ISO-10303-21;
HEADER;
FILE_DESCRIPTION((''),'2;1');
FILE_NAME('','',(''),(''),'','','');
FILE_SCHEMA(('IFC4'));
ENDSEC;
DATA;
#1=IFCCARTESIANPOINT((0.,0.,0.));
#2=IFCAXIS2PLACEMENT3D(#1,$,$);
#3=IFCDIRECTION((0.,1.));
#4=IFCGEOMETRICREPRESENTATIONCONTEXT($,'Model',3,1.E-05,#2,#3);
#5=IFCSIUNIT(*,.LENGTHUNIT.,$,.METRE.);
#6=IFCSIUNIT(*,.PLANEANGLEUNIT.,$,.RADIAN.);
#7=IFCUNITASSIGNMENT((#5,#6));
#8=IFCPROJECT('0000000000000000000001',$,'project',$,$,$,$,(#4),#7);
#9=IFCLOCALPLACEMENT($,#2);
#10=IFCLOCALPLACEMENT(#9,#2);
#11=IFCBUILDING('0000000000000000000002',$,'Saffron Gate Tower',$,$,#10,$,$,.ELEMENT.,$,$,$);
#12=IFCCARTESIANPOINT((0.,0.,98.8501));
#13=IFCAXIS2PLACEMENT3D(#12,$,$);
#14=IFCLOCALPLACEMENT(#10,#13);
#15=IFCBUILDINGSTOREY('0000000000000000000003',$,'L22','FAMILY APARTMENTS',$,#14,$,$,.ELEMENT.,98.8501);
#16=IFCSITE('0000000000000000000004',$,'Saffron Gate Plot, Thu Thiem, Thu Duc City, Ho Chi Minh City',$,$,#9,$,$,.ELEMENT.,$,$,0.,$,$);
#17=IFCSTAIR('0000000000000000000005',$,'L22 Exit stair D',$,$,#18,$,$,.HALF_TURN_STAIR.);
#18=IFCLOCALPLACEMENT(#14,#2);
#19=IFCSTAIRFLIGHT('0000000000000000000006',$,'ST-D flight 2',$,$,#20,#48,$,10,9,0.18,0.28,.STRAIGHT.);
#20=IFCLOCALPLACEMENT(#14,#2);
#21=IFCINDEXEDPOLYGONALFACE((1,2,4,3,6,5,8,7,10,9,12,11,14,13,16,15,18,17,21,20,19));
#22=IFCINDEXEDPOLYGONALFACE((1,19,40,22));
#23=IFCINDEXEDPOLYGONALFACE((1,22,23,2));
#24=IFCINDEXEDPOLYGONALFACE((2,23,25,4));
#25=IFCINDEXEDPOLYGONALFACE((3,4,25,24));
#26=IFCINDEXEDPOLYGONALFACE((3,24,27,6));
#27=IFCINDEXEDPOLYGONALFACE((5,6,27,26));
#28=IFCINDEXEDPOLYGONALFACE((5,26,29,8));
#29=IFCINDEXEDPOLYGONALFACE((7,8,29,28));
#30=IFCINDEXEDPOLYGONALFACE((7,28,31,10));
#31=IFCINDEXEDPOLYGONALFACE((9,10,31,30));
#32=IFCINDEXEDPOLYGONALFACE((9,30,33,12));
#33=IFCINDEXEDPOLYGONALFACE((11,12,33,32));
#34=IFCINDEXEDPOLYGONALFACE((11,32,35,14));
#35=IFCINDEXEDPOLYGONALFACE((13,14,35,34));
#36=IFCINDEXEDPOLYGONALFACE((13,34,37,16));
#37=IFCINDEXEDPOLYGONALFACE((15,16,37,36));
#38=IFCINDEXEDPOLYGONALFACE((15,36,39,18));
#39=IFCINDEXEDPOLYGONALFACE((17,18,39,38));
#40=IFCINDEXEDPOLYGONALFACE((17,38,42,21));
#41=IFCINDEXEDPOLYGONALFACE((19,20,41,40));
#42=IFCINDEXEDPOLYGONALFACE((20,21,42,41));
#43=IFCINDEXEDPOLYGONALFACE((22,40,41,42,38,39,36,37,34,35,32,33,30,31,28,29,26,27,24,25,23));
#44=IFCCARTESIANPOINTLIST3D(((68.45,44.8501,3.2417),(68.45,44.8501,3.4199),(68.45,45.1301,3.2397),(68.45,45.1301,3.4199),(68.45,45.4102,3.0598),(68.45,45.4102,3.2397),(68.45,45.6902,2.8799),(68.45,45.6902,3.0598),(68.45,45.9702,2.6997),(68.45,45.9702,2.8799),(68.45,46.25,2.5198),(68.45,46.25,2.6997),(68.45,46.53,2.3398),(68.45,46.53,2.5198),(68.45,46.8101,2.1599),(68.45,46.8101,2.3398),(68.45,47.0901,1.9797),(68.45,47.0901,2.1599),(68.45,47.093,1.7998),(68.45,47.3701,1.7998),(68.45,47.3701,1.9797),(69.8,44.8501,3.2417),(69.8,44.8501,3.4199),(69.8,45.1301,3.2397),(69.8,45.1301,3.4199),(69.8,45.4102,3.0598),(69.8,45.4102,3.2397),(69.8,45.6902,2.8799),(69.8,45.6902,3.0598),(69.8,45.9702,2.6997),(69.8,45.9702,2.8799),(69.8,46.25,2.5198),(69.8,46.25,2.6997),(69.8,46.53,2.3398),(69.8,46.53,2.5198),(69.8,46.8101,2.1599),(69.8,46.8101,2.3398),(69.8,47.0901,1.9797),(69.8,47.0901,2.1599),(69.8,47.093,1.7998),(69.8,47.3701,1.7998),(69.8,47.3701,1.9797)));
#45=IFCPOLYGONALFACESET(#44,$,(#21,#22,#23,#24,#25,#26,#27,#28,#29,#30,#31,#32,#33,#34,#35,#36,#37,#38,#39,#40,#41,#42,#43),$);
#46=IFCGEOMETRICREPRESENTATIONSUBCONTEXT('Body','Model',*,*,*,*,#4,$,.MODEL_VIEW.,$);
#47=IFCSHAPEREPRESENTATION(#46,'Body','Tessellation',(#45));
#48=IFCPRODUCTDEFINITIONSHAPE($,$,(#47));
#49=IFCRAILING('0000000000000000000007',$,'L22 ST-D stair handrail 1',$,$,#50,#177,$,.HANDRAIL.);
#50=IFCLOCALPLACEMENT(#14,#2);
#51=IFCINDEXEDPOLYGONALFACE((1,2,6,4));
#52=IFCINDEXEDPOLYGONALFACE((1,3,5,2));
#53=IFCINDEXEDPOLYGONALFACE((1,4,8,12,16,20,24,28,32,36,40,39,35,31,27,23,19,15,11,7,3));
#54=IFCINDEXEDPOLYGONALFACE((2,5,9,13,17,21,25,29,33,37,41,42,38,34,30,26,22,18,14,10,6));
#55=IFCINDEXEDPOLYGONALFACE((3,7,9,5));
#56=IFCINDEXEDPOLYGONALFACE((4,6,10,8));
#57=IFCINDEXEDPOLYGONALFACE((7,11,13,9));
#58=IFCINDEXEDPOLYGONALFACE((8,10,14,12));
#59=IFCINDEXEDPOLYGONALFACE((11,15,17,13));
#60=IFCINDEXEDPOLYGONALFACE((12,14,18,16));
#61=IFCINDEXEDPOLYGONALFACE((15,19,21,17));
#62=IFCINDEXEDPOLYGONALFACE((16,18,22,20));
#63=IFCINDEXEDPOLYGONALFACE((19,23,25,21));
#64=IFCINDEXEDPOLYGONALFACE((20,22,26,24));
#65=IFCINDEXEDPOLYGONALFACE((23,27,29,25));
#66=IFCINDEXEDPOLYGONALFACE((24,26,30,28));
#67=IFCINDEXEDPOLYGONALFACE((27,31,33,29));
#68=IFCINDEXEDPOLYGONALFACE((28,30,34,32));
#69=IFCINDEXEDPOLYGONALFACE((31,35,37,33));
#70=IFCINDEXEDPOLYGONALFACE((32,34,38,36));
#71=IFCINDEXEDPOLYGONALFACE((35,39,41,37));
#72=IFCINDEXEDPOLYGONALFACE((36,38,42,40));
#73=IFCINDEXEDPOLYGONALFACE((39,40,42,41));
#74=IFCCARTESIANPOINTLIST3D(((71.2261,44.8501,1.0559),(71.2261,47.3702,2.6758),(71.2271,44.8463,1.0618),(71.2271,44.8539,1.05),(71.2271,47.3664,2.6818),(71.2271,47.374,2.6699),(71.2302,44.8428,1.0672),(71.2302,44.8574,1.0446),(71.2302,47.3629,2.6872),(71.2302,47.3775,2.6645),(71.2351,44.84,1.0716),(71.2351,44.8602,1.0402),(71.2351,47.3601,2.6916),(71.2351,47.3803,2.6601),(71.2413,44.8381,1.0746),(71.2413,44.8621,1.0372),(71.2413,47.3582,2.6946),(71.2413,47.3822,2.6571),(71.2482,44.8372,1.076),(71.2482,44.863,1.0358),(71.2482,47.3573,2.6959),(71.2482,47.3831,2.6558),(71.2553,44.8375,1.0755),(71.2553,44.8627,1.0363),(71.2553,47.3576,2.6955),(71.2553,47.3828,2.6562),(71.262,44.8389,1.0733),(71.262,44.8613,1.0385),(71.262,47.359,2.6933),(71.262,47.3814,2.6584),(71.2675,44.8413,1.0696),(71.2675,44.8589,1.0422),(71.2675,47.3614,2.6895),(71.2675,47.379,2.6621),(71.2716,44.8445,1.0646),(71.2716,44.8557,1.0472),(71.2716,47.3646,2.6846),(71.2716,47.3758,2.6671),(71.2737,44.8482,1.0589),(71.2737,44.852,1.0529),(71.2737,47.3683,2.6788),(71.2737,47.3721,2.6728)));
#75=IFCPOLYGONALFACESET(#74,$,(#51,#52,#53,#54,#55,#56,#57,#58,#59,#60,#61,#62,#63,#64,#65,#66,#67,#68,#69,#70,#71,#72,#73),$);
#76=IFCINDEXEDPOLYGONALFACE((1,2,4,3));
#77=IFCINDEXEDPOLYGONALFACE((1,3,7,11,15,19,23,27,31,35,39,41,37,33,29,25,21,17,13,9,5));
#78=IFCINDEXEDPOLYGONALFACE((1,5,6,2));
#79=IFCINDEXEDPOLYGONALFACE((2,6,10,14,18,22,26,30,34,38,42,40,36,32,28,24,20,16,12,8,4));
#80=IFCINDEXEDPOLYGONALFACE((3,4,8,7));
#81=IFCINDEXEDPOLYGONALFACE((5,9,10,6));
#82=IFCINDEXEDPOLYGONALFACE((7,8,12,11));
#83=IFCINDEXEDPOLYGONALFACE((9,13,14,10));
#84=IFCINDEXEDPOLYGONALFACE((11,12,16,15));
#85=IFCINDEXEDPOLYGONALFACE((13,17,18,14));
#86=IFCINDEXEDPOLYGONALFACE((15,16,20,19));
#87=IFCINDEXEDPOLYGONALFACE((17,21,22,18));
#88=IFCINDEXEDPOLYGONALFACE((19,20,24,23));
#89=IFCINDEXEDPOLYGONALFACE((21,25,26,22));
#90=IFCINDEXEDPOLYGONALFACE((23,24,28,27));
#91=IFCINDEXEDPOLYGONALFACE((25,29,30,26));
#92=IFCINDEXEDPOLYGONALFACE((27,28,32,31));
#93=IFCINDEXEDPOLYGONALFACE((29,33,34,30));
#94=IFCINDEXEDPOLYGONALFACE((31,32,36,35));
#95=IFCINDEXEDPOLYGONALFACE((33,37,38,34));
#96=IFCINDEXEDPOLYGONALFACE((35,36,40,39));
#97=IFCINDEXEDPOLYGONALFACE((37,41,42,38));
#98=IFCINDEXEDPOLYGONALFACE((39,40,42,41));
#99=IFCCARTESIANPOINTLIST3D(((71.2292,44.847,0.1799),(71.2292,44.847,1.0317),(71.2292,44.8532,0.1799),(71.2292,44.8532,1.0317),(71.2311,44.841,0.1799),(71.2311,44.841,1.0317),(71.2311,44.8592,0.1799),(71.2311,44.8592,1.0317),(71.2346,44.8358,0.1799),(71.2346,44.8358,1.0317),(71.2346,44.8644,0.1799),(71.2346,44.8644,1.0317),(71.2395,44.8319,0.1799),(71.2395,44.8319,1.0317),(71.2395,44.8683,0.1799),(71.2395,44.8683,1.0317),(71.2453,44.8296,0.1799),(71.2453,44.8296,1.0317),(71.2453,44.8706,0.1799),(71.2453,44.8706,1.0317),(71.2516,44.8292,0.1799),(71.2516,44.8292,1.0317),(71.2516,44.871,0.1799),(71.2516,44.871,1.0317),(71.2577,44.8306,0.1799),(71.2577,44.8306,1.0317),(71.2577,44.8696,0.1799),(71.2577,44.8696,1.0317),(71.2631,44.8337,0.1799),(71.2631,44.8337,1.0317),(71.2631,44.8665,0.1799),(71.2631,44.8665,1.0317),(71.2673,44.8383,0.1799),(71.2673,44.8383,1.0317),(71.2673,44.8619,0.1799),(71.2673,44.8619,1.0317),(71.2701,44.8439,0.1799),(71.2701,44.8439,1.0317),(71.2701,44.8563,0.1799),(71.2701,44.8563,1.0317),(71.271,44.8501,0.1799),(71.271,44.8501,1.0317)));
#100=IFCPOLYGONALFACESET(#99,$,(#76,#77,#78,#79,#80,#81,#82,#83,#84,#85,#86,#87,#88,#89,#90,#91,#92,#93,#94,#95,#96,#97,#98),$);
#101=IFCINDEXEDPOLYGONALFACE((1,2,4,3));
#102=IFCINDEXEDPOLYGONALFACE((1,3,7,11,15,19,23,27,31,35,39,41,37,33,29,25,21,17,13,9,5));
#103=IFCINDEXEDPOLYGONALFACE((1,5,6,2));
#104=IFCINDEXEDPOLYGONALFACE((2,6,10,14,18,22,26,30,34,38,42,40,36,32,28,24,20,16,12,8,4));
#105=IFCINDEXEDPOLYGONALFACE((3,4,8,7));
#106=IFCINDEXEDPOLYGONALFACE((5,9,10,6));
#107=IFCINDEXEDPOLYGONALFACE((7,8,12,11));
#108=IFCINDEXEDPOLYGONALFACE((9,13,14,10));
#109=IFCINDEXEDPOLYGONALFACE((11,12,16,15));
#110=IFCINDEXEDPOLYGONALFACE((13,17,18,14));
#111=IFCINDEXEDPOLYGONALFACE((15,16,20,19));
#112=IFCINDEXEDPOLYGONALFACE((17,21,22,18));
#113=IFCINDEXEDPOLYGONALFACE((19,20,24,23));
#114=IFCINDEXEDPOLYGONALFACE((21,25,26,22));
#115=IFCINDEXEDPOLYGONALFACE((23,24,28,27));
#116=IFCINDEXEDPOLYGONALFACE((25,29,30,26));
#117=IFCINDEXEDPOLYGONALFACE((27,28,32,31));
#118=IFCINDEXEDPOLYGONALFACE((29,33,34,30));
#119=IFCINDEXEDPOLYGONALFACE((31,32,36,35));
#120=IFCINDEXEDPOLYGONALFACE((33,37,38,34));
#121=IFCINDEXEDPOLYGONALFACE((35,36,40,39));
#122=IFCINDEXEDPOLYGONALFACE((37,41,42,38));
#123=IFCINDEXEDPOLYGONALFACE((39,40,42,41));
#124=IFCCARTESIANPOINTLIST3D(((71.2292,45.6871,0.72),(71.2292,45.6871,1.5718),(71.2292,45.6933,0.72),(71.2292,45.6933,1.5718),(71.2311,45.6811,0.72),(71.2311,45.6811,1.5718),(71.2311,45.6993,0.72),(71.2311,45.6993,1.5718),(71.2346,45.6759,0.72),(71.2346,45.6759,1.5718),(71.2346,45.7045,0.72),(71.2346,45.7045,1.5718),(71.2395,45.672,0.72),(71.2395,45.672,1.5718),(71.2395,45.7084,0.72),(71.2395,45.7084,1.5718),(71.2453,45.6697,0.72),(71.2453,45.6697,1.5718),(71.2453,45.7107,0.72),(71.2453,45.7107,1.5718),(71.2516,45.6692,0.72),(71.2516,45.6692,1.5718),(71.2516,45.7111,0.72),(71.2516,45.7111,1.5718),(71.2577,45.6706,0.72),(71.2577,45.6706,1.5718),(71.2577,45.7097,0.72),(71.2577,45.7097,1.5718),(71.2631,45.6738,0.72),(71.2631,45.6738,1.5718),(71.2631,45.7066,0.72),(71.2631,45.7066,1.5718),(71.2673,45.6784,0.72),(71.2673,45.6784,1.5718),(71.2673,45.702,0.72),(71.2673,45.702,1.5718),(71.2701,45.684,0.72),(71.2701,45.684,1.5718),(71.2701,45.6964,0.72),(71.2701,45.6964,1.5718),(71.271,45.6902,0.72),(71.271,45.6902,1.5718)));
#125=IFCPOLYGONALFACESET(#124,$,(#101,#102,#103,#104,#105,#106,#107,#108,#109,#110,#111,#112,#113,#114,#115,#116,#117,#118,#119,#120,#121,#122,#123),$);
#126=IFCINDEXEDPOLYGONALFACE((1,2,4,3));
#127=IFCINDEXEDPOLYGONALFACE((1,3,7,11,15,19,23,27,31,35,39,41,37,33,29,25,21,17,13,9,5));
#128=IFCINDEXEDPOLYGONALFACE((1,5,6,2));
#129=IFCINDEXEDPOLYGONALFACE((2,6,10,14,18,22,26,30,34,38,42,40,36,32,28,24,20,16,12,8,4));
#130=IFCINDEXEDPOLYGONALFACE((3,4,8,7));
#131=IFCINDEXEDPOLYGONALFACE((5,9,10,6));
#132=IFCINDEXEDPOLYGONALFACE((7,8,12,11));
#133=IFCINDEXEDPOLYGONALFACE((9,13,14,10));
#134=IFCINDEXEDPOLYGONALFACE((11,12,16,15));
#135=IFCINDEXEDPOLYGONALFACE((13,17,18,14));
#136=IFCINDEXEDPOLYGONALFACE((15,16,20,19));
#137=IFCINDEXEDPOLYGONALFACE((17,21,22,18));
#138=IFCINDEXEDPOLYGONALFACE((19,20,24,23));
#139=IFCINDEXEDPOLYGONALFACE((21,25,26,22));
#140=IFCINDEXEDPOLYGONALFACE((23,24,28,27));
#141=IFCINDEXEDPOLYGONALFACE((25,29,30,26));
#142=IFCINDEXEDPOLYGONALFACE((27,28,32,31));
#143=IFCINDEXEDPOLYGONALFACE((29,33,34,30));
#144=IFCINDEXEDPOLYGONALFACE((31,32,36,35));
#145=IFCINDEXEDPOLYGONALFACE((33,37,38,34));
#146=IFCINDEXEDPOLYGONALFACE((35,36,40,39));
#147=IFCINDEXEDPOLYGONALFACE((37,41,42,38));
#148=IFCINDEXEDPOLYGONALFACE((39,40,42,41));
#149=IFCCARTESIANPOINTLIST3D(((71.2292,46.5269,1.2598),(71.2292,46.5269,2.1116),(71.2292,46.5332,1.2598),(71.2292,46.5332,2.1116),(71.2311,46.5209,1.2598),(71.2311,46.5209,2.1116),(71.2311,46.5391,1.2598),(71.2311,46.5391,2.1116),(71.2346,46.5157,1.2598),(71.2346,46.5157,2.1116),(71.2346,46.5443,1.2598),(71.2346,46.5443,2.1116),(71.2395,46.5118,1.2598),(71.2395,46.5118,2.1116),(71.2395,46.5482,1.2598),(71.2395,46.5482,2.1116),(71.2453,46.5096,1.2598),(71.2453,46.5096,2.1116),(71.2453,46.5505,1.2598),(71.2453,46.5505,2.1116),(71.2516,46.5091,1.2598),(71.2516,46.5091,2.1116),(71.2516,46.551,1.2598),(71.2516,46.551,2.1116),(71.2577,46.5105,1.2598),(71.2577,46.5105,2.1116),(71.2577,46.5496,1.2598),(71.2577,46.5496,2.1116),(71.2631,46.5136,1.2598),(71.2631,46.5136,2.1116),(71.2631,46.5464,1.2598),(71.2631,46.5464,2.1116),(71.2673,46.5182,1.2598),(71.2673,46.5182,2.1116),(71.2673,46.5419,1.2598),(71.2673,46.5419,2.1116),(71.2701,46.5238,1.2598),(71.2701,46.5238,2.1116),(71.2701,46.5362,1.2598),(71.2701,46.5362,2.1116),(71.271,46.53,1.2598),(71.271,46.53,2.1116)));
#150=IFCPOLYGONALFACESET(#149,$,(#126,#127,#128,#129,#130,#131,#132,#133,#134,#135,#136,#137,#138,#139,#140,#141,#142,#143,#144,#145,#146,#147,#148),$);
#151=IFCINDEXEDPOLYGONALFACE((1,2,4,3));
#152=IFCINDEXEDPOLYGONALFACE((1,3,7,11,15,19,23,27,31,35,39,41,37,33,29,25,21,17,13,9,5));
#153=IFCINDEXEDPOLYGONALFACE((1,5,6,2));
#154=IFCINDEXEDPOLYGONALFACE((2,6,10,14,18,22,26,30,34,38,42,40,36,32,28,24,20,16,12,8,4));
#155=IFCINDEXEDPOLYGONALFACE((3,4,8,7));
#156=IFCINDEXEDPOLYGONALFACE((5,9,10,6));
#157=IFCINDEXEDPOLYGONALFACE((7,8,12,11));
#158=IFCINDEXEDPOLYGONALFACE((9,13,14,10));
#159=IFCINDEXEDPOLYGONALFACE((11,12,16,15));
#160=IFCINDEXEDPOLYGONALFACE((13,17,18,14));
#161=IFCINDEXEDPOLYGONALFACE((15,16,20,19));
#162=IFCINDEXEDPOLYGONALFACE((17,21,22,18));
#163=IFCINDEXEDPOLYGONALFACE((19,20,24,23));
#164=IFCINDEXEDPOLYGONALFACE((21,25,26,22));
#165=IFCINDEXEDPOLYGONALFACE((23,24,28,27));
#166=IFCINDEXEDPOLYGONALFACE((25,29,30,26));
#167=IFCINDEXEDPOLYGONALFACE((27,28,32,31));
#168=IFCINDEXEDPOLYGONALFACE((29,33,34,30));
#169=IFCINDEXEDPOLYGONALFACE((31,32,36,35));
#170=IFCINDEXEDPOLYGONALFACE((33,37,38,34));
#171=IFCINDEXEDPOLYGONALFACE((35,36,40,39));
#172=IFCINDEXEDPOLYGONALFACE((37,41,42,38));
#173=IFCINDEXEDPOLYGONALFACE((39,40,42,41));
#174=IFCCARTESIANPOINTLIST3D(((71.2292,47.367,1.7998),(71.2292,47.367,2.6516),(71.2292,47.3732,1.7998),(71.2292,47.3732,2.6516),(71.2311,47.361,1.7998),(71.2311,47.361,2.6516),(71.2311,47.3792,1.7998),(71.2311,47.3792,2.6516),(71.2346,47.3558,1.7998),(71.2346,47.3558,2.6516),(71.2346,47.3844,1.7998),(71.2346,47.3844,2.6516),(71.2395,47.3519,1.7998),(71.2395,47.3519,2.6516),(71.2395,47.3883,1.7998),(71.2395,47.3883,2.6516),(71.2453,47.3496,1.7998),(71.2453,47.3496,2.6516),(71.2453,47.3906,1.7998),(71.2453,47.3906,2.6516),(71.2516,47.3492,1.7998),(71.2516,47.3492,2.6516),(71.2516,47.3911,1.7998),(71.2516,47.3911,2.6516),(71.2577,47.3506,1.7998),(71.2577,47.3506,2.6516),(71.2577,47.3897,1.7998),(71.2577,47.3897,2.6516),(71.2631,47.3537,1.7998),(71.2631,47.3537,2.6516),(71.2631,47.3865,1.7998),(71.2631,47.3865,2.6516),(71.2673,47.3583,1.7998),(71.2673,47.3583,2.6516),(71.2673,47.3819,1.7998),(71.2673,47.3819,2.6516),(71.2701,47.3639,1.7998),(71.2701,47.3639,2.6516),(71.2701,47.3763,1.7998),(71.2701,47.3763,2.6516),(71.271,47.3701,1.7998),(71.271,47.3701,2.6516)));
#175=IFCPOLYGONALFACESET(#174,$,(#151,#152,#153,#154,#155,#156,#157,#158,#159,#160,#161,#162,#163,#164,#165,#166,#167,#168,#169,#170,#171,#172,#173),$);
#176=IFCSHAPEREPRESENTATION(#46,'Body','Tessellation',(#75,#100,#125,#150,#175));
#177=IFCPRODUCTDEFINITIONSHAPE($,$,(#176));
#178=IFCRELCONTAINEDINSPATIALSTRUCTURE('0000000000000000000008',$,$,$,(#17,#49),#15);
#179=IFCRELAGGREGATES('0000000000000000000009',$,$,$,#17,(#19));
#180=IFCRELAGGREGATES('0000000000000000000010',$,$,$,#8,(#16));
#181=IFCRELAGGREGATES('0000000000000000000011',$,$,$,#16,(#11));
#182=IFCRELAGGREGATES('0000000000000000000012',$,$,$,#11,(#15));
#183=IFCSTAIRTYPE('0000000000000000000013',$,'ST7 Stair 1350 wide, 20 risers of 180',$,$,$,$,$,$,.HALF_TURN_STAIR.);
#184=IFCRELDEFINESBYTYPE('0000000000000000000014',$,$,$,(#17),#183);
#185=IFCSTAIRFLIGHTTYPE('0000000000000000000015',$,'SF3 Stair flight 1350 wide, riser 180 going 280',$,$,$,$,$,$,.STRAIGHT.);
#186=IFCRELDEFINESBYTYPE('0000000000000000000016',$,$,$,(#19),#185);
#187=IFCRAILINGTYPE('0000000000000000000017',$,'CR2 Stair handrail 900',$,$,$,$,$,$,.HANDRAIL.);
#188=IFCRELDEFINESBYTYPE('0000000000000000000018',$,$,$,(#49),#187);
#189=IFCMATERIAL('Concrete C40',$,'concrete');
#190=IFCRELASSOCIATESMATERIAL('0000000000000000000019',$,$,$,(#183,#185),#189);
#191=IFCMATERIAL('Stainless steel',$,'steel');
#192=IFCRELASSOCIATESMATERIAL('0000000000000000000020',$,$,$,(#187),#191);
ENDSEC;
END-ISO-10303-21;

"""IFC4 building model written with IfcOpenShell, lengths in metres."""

from ifc_helpers import new_model, si_unit, direction, frame, origin, origin_2d, place, context, subcontext, project, spatial, polyline, circle, outline, extrude, material, type_object, element, aggregate, save


model = new_model("IFC4")

# Units and contexts
model_context = context("Model", 3, precision=1e-05, world=origin(), true_north=direction((0.0, 1.0)))
body_context = subcontext(model_context, "Body", "Model", "MODEL_VIEW")
ifc_project = project(units=[si_unit("LENGTHUNIT", "METRE"), si_unit("PLANEANGLEUNIT", "RADIAN")], contexts=[model_context])

# Site, building, storey
site_placement = place(None, origin())
site = spatial("IfcSite", under=ifc_project, at=site_placement, Name="Saffron Gate Plot, Thu Thiem, Thu Duc City, Ho Chi Minh City", CompositionType="ELEMENT", RefElevation=0.0)
building_placement = place(site_placement, origin())
building = spatial("IfcBuilding", under=site, at=building_placement, Name="Saffron Gate Tower", CompositionType="ELEMENT")
storey_placement = place(building_placement, frame((0.0, 0.0, 98.8501)))
storey = spatial("IfcBuildingStorey", under=building, at=storey_placement, Name="L22", Description="FAMILY APARTMENTS", CompositionType="ELEMENT", Elevation=98.8501)

# Stair, stair flight
ifc_material_1 = material(Name="Concrete C40", Category="concrete")
stair_type = type_object("IfcStairType", Name="ST7 Stair 1350 wide, 20 risers of 180", PredefinedType="HALF_TURN_STAIR", material=ifc_material_1)
stair_placement = place(storey_placement, origin())
stair = element("IfcStair", 1, at=stair_placement, inside=storey, type_object=stair_type, Name="L22 Exit stair D", PredefinedType="HALF_TURN_STAIR")
stair_flight_type = type_object("IfcStairFlightType", Name="SF3 Stair flight 1350 wide, riser 180 going 280", PredefinedType="STRAIGHT", material=ifc_material_1)
stair_flight_1_placement = place(storey_placement, frame((69.125, 47.3701, 1.7998), z_axis=(0.0, 0.0, 1.0), x_axis=(0.0, -1.0, 0.0)))
stair_flight_1 = element("IfcStairFlight", 2, at=stair_flight_1_placement, type_object=stair_flight_type, Name="ST-D flight 2", NumberOfRisers=10, NumberOfTreads=9, PredefinedType="STRAIGHT", RiserHeight=0.18, TreadLength=0.28, context=body_context, shape_type="SweptSolid", body=[
    extrude(outline(polyline([(0.0, 0.0), (0.0, 0.1799), (0.28, 0.1799), (0.28, 0.3601), (0.5601, 0.3601), (0.5601, 0.54), (0.8401, 0.54), (0.8401, 0.72), (1.1201, 0.72), (1.1201, 0.8999), (1.3999, 0.8999), (1.3999, 1.0801), (1.6799, 1.0801), (1.6799, 1.26), (1.96, 1.26), (1.96, 1.4399), (2.24, 1.4399), (2.24, 1.6201), (2.52, 1.6201), (2.52, 1.8), (2.52, 1.4419), (0.2771, 0.0), (0.0, 0.0)])), frame((0.0, 0.675, 0.0), z_axis=(0.0, -1.0, 0.0), x_axis=(1.0, 0.0, 0.0)), (0.0, 0.0, 1.0), 1.3501),
])
aggregate(stair, [stair_flight_1])

# Railing
ifc_material_2 = material(Name="Stainless steel", Category="steel")
railing_type_1 = type_object("IfcRailingType", Name="CR2 Stair handrail 900", PredefinedType="HANDRAIL", material=ifc_material_2)
railing_1_placement = place(storey_placement, frame((71.25, 44.8501, 0.1799)))
element("IfcRailing", 3, at=railing_1_placement, inside=storey, type_object=railing_type_1, Name="L22 ST-D stair handrail 1", PredefinedType="HANDRAIL", context=body_context, shape_type="SweptSolid", body=[
    extrude(circle(Radius=0.0239, at=origin_2d()), frame((0.0, 0.0, 0.876), z_axis=(0.0, 0.8412, 0.540725), x_axis=(-1.0, 0.0, 0.0)), (0.0, 0.0, 1.0), 2.9958),
    extrude(circle(Radius=0.021, at=origin_2d()), origin(), (0.0, 0.0, 1.0), 0.8518),
    extrude(circle(Radius=0.021, at=origin_2d()), frame((0.0, 0.8401, 0.54)), (0.0, 0.0, 1.0), 0.8518),
    extrude(circle(Radius=0.021, at=origin_2d()), frame((0.0, 1.6799, 1.0798)), (0.0, 0.0, 1.0), 0.8518),
    extrude(circle(Radius=0.021, at=origin_2d()), frame((0.0, 2.52, 1.6199)), (0.0, 0.0, 1.0), 0.8518),
])

save(model, "model.ifc")
